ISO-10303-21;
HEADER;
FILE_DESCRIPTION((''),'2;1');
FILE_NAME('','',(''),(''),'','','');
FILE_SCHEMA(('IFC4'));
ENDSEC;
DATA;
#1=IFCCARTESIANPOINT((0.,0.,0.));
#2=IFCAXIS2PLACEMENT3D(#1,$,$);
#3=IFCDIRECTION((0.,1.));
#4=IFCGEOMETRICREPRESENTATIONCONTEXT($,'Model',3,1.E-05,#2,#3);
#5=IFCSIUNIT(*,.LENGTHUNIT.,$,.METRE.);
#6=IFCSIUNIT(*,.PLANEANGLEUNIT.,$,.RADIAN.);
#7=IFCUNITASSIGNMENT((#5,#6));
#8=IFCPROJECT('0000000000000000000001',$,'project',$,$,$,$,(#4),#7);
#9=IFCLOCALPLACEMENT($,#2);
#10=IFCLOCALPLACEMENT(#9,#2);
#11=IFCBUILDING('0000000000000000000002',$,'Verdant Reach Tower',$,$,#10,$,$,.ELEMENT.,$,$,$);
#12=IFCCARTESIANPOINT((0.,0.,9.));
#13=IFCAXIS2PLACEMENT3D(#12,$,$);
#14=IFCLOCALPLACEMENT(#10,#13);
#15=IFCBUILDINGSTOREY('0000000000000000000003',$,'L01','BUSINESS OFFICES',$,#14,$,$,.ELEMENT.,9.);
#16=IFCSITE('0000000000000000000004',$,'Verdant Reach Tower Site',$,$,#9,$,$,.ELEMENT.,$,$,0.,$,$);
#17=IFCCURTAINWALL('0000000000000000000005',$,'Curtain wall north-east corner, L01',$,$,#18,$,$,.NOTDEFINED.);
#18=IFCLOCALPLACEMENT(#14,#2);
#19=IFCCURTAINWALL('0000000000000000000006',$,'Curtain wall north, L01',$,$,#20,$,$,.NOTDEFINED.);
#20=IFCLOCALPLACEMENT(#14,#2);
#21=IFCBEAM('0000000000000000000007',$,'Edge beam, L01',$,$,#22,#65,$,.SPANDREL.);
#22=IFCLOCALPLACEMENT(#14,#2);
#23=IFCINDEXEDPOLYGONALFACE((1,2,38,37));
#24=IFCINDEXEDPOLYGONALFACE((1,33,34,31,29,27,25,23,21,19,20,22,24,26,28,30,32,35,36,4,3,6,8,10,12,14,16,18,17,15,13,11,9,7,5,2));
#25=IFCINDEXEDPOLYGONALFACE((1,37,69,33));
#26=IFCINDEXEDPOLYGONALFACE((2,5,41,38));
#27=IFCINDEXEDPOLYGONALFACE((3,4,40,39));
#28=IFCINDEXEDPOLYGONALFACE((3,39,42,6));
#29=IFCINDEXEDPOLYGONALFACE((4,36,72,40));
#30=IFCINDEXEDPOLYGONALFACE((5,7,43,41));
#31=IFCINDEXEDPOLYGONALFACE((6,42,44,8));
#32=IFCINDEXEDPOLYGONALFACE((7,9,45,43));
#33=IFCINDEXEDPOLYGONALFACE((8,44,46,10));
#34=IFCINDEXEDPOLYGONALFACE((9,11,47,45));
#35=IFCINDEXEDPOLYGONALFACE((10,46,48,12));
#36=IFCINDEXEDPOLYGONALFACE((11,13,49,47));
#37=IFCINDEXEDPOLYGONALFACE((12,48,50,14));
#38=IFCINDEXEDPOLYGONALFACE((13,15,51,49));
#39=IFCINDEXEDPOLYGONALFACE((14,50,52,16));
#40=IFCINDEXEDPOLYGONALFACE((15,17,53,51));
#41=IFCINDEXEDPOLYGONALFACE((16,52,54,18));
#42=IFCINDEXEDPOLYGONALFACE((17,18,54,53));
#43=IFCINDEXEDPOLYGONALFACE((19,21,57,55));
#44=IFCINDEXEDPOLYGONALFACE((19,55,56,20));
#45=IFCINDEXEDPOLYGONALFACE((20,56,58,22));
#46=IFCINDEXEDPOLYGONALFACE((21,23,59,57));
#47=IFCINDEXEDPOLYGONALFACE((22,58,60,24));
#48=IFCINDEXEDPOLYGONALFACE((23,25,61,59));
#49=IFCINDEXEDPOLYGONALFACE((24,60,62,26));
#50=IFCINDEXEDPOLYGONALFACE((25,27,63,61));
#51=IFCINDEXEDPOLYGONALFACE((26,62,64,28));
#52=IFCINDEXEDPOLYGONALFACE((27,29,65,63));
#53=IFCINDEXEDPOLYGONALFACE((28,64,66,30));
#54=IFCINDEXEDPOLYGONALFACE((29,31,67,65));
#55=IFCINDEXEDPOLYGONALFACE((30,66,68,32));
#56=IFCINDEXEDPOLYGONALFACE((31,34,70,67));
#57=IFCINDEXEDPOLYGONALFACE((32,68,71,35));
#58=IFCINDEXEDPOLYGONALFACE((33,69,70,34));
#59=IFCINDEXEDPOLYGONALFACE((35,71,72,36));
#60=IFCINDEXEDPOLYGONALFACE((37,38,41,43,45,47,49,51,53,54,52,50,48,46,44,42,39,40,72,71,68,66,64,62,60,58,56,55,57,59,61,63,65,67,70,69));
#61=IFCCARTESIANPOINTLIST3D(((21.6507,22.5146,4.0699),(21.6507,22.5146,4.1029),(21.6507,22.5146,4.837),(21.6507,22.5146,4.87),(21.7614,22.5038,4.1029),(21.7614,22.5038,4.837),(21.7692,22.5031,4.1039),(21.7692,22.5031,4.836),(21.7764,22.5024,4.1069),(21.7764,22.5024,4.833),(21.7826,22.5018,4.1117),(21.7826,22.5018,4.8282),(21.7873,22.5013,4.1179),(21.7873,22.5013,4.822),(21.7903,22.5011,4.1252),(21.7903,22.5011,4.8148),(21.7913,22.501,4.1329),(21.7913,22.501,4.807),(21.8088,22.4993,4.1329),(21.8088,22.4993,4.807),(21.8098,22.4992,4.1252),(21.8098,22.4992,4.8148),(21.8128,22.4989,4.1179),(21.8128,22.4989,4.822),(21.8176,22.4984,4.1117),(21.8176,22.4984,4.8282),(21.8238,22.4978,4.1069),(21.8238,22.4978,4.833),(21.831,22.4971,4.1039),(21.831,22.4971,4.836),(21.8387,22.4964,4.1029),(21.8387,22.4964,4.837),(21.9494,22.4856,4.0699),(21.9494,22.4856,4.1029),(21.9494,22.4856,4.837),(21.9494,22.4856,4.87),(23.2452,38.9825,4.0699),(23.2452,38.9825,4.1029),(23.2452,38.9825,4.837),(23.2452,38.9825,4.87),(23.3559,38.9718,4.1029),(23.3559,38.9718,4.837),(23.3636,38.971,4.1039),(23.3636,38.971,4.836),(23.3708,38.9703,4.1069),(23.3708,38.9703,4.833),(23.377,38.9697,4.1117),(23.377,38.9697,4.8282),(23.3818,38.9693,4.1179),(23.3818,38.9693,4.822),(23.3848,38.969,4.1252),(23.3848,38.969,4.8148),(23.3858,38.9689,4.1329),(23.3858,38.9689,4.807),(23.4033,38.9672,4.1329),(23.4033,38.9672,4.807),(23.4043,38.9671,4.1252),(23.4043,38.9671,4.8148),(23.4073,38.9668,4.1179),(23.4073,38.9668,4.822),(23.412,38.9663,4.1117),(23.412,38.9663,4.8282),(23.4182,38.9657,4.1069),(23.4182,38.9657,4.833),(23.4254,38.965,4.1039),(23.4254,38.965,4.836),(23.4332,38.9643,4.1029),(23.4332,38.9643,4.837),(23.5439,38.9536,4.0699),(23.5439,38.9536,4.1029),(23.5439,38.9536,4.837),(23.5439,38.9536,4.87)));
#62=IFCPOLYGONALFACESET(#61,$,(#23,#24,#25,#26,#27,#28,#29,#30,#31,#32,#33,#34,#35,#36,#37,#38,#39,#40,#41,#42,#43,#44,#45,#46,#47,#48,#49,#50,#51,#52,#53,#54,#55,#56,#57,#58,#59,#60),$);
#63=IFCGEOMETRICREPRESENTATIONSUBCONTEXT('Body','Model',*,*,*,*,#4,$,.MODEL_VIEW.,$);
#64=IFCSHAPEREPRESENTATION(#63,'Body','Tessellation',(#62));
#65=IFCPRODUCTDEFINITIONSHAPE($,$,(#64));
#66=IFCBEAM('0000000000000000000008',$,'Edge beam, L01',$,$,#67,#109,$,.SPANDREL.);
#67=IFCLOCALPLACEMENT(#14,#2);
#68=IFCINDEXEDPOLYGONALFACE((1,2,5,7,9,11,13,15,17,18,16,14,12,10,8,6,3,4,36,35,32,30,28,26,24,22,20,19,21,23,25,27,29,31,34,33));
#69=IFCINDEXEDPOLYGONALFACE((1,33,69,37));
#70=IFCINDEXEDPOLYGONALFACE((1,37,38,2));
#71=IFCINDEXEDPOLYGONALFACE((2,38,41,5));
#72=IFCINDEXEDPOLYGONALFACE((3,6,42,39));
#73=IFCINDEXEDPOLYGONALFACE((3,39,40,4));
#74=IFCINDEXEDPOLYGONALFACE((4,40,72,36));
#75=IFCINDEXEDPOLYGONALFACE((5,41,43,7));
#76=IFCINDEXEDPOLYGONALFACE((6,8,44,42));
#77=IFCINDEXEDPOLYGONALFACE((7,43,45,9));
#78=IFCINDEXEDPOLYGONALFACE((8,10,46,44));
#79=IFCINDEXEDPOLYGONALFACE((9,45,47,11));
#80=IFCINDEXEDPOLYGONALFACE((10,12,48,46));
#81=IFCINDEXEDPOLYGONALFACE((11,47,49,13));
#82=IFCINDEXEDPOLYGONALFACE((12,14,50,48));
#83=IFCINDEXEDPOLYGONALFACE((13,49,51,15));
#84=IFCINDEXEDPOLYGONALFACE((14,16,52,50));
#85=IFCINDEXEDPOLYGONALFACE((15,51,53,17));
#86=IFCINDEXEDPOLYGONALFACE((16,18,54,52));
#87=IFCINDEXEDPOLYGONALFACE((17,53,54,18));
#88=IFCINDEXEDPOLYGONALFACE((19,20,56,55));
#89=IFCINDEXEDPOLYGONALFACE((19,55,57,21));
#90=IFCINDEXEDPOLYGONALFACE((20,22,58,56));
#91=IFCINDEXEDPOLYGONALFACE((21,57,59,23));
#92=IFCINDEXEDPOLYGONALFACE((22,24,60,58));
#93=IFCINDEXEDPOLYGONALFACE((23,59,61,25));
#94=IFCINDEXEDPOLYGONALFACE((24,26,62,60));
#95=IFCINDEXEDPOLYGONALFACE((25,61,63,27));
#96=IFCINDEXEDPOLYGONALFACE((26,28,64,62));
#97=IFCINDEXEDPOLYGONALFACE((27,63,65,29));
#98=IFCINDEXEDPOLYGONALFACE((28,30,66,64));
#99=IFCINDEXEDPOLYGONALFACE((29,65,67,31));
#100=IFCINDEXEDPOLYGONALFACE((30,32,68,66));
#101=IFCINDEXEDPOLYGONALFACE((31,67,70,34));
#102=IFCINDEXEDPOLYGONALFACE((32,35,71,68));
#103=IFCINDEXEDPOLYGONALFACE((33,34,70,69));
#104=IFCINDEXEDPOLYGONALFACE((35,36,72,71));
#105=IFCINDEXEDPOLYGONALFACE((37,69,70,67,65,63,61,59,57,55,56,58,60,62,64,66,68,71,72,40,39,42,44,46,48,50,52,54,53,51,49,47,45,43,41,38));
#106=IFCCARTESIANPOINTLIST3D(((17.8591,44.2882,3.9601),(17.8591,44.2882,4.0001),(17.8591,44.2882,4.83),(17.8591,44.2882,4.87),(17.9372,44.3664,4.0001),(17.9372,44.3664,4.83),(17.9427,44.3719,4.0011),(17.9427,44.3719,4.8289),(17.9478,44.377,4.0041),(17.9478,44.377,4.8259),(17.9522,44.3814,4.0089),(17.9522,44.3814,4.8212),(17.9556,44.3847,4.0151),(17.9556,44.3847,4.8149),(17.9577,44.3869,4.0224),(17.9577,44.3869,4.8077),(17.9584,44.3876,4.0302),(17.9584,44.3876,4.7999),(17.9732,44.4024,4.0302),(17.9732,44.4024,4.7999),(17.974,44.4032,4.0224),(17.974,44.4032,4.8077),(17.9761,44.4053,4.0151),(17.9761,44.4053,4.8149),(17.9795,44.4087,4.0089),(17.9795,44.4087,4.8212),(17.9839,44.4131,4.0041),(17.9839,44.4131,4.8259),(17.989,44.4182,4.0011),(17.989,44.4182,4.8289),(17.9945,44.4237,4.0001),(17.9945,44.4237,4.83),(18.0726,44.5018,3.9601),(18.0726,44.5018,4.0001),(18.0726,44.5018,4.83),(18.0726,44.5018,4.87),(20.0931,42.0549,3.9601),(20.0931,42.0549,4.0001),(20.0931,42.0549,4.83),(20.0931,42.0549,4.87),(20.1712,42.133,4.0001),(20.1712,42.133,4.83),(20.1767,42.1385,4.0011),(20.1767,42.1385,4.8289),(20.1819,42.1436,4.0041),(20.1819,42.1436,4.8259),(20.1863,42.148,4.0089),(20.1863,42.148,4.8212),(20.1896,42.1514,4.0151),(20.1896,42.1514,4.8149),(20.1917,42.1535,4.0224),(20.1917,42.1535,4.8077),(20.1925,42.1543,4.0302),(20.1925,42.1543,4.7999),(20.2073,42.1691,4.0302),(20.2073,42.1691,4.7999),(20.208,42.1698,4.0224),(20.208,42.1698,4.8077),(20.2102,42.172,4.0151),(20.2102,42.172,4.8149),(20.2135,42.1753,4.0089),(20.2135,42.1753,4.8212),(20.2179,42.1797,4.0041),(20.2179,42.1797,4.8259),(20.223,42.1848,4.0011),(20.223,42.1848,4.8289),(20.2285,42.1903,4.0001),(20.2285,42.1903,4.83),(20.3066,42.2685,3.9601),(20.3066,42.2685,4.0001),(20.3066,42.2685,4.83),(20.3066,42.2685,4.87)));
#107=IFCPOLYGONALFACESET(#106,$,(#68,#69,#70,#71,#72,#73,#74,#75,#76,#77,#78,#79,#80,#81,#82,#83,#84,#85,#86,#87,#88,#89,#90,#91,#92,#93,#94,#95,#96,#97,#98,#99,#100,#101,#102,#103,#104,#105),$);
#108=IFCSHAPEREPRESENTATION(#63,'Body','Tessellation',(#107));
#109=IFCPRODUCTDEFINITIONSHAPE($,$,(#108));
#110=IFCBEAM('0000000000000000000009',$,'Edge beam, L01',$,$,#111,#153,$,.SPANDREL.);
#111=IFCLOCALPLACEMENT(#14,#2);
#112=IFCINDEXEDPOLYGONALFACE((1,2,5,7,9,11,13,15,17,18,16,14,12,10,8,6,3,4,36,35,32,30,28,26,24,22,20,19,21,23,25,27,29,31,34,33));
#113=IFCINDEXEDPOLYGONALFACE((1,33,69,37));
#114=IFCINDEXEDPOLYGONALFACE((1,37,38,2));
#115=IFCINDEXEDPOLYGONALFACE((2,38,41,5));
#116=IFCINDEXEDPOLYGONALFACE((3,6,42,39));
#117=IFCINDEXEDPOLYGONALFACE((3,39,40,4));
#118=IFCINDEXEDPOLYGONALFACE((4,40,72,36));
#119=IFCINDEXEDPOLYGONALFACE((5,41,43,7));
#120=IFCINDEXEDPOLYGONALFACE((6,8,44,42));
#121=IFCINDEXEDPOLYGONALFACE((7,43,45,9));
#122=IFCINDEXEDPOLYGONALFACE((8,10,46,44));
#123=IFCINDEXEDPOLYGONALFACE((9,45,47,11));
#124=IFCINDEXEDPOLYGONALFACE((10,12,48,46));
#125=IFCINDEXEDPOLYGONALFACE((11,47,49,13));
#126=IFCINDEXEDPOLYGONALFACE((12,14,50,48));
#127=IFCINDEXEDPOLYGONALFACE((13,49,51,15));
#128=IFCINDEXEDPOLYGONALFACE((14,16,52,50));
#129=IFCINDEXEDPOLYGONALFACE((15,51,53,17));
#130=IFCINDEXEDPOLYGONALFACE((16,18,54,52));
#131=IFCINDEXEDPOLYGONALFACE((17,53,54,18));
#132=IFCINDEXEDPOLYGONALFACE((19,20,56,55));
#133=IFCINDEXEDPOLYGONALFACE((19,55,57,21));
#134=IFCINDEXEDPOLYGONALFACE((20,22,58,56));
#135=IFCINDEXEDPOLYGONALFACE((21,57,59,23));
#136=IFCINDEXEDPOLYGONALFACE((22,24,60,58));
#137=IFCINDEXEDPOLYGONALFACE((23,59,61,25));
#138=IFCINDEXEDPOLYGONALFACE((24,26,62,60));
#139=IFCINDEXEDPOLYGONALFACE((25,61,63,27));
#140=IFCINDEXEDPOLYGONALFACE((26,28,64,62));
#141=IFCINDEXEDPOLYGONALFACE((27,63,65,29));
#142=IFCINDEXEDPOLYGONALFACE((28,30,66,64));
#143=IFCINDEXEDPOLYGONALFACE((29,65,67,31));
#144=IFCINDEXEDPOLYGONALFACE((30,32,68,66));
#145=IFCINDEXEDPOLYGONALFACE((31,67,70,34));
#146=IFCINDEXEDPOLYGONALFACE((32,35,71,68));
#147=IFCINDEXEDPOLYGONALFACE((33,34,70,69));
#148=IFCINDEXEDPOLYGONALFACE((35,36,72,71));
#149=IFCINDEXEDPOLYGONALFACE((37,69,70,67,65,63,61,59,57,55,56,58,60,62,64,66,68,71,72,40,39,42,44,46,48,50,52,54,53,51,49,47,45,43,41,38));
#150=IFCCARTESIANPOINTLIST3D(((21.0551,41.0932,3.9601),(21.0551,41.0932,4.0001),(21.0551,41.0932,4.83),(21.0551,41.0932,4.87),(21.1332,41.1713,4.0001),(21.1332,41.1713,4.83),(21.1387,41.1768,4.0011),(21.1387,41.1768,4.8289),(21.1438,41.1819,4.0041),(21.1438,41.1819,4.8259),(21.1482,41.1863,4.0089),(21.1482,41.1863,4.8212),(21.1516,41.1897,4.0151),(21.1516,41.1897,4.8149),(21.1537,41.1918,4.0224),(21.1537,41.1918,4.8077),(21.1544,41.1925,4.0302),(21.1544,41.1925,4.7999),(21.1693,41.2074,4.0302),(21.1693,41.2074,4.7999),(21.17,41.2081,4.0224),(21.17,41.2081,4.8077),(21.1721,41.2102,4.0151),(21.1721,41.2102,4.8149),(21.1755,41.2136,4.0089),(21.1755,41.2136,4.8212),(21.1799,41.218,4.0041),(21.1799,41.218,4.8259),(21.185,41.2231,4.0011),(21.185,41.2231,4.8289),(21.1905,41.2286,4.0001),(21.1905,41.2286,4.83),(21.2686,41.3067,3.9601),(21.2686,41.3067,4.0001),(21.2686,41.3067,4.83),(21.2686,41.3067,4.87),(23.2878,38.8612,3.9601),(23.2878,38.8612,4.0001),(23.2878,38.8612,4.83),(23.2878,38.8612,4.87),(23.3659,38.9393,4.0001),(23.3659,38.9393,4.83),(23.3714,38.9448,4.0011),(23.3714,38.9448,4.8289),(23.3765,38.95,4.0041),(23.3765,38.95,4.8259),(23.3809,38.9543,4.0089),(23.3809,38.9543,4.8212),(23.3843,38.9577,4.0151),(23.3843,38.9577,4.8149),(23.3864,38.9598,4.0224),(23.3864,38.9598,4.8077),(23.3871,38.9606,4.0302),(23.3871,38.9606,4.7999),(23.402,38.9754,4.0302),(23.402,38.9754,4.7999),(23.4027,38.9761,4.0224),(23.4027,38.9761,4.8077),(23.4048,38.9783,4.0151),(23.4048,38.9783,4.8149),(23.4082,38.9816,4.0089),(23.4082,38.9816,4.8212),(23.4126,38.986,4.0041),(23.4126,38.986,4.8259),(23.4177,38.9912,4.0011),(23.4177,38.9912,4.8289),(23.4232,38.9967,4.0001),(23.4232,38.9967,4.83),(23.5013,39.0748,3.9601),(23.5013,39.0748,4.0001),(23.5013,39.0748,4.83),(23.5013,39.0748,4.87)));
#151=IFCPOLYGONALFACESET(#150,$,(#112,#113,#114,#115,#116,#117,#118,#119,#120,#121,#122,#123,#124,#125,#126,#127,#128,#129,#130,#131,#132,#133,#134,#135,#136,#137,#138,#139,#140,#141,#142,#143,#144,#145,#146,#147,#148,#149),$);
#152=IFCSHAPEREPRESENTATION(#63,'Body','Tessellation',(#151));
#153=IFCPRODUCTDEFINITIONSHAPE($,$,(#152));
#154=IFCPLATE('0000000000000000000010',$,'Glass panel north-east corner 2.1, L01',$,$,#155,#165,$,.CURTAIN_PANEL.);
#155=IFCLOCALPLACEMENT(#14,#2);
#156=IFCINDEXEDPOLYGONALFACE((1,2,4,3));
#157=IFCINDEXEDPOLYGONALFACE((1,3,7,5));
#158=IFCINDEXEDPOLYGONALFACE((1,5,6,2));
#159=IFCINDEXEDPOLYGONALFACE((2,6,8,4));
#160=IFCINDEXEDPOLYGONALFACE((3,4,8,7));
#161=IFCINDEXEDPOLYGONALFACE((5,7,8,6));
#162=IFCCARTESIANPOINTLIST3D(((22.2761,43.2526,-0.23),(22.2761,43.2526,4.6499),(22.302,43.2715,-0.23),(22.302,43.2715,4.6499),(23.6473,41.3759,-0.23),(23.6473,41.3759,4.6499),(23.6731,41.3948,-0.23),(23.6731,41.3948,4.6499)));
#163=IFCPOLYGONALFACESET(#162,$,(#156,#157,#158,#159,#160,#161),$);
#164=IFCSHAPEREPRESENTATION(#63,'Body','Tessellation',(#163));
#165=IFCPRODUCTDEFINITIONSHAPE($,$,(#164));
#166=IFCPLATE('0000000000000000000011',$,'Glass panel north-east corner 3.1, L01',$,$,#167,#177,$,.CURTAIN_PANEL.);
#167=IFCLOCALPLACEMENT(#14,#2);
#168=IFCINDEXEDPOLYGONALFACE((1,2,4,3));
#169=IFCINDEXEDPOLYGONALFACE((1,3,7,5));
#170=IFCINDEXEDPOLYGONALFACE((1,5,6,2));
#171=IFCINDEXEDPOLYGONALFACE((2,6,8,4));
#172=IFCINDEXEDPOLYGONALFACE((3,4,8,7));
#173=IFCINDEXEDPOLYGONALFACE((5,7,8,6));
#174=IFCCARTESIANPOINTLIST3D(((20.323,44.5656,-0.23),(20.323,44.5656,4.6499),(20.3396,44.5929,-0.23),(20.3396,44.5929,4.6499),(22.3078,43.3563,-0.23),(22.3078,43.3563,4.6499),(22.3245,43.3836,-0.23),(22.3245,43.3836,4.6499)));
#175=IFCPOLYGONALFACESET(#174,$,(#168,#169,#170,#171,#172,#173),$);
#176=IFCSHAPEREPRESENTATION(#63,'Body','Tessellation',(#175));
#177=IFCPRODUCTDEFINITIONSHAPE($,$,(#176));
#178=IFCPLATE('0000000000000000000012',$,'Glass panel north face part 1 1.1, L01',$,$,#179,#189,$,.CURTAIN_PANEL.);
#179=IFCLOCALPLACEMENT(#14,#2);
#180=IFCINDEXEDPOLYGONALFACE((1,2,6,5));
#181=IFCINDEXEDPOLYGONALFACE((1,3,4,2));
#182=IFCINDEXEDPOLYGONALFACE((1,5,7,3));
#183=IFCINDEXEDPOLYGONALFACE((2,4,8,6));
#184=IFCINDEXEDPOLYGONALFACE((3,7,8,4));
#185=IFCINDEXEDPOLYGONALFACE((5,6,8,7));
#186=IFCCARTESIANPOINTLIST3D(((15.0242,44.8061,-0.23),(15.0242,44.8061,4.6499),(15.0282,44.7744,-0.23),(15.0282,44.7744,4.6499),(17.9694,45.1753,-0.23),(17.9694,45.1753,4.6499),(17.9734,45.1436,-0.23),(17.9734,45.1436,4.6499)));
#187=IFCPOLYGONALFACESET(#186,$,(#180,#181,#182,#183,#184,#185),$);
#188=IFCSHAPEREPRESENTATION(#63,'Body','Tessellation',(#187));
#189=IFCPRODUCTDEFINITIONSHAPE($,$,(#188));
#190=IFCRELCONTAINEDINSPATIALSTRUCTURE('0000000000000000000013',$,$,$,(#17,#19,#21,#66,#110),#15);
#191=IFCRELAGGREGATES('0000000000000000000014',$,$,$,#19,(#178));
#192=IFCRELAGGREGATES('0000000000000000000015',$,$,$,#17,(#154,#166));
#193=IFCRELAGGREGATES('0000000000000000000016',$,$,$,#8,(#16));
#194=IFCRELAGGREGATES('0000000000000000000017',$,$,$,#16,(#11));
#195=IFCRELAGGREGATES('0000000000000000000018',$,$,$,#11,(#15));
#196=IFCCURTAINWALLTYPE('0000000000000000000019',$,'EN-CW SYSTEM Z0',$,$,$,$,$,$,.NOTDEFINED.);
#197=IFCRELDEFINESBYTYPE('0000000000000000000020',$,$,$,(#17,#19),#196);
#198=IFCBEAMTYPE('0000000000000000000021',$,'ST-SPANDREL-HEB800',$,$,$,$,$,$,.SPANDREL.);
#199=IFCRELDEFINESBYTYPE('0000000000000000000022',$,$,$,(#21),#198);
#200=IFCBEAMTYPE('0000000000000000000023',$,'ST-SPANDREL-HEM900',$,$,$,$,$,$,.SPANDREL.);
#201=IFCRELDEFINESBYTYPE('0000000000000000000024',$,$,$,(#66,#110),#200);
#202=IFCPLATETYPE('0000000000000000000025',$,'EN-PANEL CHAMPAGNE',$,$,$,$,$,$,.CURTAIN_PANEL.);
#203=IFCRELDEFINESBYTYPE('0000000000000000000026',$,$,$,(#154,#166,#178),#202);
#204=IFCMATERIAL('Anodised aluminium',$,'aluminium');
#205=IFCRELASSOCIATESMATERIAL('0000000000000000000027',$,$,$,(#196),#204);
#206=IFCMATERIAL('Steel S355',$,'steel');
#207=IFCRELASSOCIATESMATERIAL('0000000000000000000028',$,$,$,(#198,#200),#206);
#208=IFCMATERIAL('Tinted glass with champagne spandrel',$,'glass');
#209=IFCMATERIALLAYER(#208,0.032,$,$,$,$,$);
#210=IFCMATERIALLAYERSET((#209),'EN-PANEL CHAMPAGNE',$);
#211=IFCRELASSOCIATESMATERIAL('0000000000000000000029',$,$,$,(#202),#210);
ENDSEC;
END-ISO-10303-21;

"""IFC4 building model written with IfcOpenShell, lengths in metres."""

from ifc_helpers import new_model, si_unit, direction, frame, origin, origin_2d, place, context, subcontext, project, spatial, rectangle, i_section, extrude, material, layer, layer_set, material_profile, profile_set, type_object, element, aggregate, save


model = new_model("IFC4")

# Units and contexts
model_context = context("Model", 3, precision=1e-05, world=origin(), true_north=direction((0.0, 1.0)))
body_context = subcontext(model_context, "Body", "Model", "MODEL_VIEW")
ifc_project = project(units=[si_unit("LENGTHUNIT", "METRE"), si_unit("PLANEANGLEUNIT", "RADIAN")], contexts=[model_context])

# Site, building, storey
site_placement = place(None, origin())
site = spatial("IfcSite", under=ifc_project, at=site_placement, Name="Verdant Reach Tower Site", CompositionType="ELEMENT", RefElevation=0.0)
building_placement = place(site_placement, origin())
building = spatial("IfcBuilding", under=site, at=building_placement, Name="Verdant Reach Tower", CompositionType="ELEMENT")
storey_placement = place(building_placement, frame((0.0, 0.0, 9.0)))
storey = spatial("IfcBuildingStorey", under=building, at=storey_placement, Name="L01", Description="BUSINESS OFFICES", CompositionType="ELEMENT", Elevation=9.0)

# Curtain walls
ifc_material_1 = material(Name="Anodised aluminium", Category="aluminium")
curtain_wall_type = type_object("IfcCurtainWallType", Name="EN-CW SYSTEM Z0", PredefinedType="NOTDEFINED", material=ifc_material_1)
curtain_wall_1_placement = place(storey_placement, origin())
curtain_wall_1 = element("IfcCurtainWall", 1, at=curtain_wall_1_placement, inside=storey, type_object=curtain_wall_type, Name="Curtain wall north-east corner, L01", PredefinedType="NOTDEFINED")
curtain_wall_2_placement = place(storey_placement, origin())
curtain_wall_2 = element("IfcCurtainWall", 2, at=curtain_wall_2_placement, inside=storey, type_object=curtain_wall_type, Name="Curtain wall north, L01", PredefinedType="NOTDEFINED")

# Beams
ifc_material_2 = material(Name="Steel S355", Category="steel")
ifc_material_profile_1 = material_profile(ifc_material_2, i_section(OverallWidth=0.3, OverallDepth=0.8, WebThickness=0.0176, FlangeThickness=0.033, FilletRadius=0.03, at=origin_2d()), Name="HEB 800")
ifc_profile_set_1 = profile_set([ifc_material_profile_1], Name="Steel S355")
beam_type_1 = type_object("IfcBeamType", Name="ST-SPANDREL-HEB800", PredefinedType="SPANDREL", material=ifc_profile_set_1)
beam_1_placement = place(storey_placement, frame((23.3945, 38.968, 4.47), z_axis=(-0.096372, -0.995345, 0.0), x_axis=(0.995345, -0.096372, 0.0)))
element("IfcBeam", 3, at=beam_1_placement, inside=storey, type_object=beam_type_1, Name="Edge beam, L01", PredefinedType="SPANDREL", context=body_context, shape_type="SweptSolid", body=[
    extrude(i_section(OverallWidth=0.3, OverallDepth=0.8, WebThickness=0.0176, FlangeThickness=0.033, FilletRadius=0.03, at=origin_2d()), origin(), (0.0, 0.0, 1.0), 16.5449),
])
ifc_material_profile_2 = material_profile(ifc_material_2, i_section(OverallWidth=0.302, OverallDepth=0.9099, WebThickness=0.021, FlangeThickness=0.04, FilletRadius=0.03, at=origin_2d()), Name="HEM 900")
ifc_profile_set_2 = profile_set([ifc_material_profile_2], Name="Steel S355")
beam_type_2 = type_object("IfcBeamType", Name="ST-SPANDREL-HEM900", PredefinedType="SPANDREL", material=ifc_profile_set_2)
beam_2_placement = place(storey_placement, frame((17.9658, 44.395, 4.415), z_axis=(0.707223, -0.706991, 0.0), x_axis=(0.706991, 0.707223, 0.0)))
element("IfcBeam", 4, at=beam_2_placement, inside=storey, type_object=beam_type_2, Name="Edge beam, L01", PredefinedType="SPANDREL", context=body_context, shape_type="SweptSolid", body=[
    extrude(i_section(OverallWidth=0.302, OverallDepth=0.9099, WebThickness=0.021, FlangeThickness=0.04, FilletRadius=0.03, at=origin_2d()), origin(), (0.0, 0.0, 1.0), 3.1589),
])
beam_3_placement = place(storey_placement, frame((21.1619, 41.2, 4.415), z_axis=(0.707223, -0.706991, 0.0), x_axis=(0.706991, 0.707223, 0.0)))
element("IfcBeam", 5, at=beam_3_placement, inside=storey, type_object=beam_type_2, Name="Edge beam, L01", PredefinedType="SPANDREL", context=body_context, shape_type="SweptSolid", body=[
    extrude(i_section(OverallWidth=0.302, OverallDepth=0.9099, WebThickness=0.021, FlangeThickness=0.04, FilletRadius=0.03, at=origin_2d()), origin(), (0.0, 0.0, 1.0), 3.157),
])

# Plates
ifc_material_3 = material(Name="Tinted glass with champagne spandrel", Category="glass")
ifc_layer_1 = layer(ifc_material_3, 0.032)
ifc_layer_set_1 = layer_set([ifc_layer_1], Name="EN-PANEL CHAMPAGNE")
plate_type_1 = type_object("IfcPlateType", Name="EN-PANEL CHAMPAGNE", PredefinedType="CURTAIN_PANEL", material=ifc_layer_set_1)
plate_1_placement = place(storey_placement, frame((22.9746, 42.3237, -0.23), z_axis=(0.0, 0.0, 1.0), x_axis=(-0.589927, 0.807457, 0.0)))
plate_1 = element("IfcPlate", 6, at=plate_1_placement, type_object=plate_type_1, Name="Glass panel north-east corner 2.1, L01", PredefinedType="CURTAIN_PANEL", context=body_context, shape_type="SweptSolid", body=[
    extrude(rectangle(XDim=2.3242, YDim=0.032, at=origin_2d()), origin(), (0.0, 0.0, 1.0), 4.8799),
])
plate_2_placement = place(storey_placement, frame((21.3237, 43.9746, -0.23), z_axis=(0.0, 0.0, 1.0), x_axis=(-0.853989, 0.520292, 0.0)))
plate_2 = element("IfcPlate", 7, at=plate_2_placement, type_object=plate_type_1, Name="Glass panel north-east corner 3.1, L01", PredefinedType="CURTAIN_PANEL", context=body_context, shape_type="SweptSolid", body=[
    extrude(rectangle(XDim=2.3242, YDim=0.032, at=origin_2d()), origin(), (0.0, 0.0, 1.0), 4.8799),
])
plate_3_placement = place(storey_placement, frame((16.4988, 44.9749, -0.23), z_axis=(0.0, 0.0, 1.0), x_axis=(-0.992234, -0.124384, 0.0)))
plate_3 = element("IfcPlate", 8, at=plate_3_placement, type_object=plate_type_1, Name="Glass panel north face part 1 1.1, L01", PredefinedType="CURTAIN_PANEL", context=body_context, shape_type="SweptSolid", body=[
    extrude(rectangle(XDim=2.9683, YDim=0.032, at=origin_2d()), origin(), (0.0, 0.0, 1.0), 4.8799),
])
aggregate(curtain_wall_2, [plate_3])

aggregate(curtain_wall_1, [plate_1, plate_2])

save(model, "model.ifc")
